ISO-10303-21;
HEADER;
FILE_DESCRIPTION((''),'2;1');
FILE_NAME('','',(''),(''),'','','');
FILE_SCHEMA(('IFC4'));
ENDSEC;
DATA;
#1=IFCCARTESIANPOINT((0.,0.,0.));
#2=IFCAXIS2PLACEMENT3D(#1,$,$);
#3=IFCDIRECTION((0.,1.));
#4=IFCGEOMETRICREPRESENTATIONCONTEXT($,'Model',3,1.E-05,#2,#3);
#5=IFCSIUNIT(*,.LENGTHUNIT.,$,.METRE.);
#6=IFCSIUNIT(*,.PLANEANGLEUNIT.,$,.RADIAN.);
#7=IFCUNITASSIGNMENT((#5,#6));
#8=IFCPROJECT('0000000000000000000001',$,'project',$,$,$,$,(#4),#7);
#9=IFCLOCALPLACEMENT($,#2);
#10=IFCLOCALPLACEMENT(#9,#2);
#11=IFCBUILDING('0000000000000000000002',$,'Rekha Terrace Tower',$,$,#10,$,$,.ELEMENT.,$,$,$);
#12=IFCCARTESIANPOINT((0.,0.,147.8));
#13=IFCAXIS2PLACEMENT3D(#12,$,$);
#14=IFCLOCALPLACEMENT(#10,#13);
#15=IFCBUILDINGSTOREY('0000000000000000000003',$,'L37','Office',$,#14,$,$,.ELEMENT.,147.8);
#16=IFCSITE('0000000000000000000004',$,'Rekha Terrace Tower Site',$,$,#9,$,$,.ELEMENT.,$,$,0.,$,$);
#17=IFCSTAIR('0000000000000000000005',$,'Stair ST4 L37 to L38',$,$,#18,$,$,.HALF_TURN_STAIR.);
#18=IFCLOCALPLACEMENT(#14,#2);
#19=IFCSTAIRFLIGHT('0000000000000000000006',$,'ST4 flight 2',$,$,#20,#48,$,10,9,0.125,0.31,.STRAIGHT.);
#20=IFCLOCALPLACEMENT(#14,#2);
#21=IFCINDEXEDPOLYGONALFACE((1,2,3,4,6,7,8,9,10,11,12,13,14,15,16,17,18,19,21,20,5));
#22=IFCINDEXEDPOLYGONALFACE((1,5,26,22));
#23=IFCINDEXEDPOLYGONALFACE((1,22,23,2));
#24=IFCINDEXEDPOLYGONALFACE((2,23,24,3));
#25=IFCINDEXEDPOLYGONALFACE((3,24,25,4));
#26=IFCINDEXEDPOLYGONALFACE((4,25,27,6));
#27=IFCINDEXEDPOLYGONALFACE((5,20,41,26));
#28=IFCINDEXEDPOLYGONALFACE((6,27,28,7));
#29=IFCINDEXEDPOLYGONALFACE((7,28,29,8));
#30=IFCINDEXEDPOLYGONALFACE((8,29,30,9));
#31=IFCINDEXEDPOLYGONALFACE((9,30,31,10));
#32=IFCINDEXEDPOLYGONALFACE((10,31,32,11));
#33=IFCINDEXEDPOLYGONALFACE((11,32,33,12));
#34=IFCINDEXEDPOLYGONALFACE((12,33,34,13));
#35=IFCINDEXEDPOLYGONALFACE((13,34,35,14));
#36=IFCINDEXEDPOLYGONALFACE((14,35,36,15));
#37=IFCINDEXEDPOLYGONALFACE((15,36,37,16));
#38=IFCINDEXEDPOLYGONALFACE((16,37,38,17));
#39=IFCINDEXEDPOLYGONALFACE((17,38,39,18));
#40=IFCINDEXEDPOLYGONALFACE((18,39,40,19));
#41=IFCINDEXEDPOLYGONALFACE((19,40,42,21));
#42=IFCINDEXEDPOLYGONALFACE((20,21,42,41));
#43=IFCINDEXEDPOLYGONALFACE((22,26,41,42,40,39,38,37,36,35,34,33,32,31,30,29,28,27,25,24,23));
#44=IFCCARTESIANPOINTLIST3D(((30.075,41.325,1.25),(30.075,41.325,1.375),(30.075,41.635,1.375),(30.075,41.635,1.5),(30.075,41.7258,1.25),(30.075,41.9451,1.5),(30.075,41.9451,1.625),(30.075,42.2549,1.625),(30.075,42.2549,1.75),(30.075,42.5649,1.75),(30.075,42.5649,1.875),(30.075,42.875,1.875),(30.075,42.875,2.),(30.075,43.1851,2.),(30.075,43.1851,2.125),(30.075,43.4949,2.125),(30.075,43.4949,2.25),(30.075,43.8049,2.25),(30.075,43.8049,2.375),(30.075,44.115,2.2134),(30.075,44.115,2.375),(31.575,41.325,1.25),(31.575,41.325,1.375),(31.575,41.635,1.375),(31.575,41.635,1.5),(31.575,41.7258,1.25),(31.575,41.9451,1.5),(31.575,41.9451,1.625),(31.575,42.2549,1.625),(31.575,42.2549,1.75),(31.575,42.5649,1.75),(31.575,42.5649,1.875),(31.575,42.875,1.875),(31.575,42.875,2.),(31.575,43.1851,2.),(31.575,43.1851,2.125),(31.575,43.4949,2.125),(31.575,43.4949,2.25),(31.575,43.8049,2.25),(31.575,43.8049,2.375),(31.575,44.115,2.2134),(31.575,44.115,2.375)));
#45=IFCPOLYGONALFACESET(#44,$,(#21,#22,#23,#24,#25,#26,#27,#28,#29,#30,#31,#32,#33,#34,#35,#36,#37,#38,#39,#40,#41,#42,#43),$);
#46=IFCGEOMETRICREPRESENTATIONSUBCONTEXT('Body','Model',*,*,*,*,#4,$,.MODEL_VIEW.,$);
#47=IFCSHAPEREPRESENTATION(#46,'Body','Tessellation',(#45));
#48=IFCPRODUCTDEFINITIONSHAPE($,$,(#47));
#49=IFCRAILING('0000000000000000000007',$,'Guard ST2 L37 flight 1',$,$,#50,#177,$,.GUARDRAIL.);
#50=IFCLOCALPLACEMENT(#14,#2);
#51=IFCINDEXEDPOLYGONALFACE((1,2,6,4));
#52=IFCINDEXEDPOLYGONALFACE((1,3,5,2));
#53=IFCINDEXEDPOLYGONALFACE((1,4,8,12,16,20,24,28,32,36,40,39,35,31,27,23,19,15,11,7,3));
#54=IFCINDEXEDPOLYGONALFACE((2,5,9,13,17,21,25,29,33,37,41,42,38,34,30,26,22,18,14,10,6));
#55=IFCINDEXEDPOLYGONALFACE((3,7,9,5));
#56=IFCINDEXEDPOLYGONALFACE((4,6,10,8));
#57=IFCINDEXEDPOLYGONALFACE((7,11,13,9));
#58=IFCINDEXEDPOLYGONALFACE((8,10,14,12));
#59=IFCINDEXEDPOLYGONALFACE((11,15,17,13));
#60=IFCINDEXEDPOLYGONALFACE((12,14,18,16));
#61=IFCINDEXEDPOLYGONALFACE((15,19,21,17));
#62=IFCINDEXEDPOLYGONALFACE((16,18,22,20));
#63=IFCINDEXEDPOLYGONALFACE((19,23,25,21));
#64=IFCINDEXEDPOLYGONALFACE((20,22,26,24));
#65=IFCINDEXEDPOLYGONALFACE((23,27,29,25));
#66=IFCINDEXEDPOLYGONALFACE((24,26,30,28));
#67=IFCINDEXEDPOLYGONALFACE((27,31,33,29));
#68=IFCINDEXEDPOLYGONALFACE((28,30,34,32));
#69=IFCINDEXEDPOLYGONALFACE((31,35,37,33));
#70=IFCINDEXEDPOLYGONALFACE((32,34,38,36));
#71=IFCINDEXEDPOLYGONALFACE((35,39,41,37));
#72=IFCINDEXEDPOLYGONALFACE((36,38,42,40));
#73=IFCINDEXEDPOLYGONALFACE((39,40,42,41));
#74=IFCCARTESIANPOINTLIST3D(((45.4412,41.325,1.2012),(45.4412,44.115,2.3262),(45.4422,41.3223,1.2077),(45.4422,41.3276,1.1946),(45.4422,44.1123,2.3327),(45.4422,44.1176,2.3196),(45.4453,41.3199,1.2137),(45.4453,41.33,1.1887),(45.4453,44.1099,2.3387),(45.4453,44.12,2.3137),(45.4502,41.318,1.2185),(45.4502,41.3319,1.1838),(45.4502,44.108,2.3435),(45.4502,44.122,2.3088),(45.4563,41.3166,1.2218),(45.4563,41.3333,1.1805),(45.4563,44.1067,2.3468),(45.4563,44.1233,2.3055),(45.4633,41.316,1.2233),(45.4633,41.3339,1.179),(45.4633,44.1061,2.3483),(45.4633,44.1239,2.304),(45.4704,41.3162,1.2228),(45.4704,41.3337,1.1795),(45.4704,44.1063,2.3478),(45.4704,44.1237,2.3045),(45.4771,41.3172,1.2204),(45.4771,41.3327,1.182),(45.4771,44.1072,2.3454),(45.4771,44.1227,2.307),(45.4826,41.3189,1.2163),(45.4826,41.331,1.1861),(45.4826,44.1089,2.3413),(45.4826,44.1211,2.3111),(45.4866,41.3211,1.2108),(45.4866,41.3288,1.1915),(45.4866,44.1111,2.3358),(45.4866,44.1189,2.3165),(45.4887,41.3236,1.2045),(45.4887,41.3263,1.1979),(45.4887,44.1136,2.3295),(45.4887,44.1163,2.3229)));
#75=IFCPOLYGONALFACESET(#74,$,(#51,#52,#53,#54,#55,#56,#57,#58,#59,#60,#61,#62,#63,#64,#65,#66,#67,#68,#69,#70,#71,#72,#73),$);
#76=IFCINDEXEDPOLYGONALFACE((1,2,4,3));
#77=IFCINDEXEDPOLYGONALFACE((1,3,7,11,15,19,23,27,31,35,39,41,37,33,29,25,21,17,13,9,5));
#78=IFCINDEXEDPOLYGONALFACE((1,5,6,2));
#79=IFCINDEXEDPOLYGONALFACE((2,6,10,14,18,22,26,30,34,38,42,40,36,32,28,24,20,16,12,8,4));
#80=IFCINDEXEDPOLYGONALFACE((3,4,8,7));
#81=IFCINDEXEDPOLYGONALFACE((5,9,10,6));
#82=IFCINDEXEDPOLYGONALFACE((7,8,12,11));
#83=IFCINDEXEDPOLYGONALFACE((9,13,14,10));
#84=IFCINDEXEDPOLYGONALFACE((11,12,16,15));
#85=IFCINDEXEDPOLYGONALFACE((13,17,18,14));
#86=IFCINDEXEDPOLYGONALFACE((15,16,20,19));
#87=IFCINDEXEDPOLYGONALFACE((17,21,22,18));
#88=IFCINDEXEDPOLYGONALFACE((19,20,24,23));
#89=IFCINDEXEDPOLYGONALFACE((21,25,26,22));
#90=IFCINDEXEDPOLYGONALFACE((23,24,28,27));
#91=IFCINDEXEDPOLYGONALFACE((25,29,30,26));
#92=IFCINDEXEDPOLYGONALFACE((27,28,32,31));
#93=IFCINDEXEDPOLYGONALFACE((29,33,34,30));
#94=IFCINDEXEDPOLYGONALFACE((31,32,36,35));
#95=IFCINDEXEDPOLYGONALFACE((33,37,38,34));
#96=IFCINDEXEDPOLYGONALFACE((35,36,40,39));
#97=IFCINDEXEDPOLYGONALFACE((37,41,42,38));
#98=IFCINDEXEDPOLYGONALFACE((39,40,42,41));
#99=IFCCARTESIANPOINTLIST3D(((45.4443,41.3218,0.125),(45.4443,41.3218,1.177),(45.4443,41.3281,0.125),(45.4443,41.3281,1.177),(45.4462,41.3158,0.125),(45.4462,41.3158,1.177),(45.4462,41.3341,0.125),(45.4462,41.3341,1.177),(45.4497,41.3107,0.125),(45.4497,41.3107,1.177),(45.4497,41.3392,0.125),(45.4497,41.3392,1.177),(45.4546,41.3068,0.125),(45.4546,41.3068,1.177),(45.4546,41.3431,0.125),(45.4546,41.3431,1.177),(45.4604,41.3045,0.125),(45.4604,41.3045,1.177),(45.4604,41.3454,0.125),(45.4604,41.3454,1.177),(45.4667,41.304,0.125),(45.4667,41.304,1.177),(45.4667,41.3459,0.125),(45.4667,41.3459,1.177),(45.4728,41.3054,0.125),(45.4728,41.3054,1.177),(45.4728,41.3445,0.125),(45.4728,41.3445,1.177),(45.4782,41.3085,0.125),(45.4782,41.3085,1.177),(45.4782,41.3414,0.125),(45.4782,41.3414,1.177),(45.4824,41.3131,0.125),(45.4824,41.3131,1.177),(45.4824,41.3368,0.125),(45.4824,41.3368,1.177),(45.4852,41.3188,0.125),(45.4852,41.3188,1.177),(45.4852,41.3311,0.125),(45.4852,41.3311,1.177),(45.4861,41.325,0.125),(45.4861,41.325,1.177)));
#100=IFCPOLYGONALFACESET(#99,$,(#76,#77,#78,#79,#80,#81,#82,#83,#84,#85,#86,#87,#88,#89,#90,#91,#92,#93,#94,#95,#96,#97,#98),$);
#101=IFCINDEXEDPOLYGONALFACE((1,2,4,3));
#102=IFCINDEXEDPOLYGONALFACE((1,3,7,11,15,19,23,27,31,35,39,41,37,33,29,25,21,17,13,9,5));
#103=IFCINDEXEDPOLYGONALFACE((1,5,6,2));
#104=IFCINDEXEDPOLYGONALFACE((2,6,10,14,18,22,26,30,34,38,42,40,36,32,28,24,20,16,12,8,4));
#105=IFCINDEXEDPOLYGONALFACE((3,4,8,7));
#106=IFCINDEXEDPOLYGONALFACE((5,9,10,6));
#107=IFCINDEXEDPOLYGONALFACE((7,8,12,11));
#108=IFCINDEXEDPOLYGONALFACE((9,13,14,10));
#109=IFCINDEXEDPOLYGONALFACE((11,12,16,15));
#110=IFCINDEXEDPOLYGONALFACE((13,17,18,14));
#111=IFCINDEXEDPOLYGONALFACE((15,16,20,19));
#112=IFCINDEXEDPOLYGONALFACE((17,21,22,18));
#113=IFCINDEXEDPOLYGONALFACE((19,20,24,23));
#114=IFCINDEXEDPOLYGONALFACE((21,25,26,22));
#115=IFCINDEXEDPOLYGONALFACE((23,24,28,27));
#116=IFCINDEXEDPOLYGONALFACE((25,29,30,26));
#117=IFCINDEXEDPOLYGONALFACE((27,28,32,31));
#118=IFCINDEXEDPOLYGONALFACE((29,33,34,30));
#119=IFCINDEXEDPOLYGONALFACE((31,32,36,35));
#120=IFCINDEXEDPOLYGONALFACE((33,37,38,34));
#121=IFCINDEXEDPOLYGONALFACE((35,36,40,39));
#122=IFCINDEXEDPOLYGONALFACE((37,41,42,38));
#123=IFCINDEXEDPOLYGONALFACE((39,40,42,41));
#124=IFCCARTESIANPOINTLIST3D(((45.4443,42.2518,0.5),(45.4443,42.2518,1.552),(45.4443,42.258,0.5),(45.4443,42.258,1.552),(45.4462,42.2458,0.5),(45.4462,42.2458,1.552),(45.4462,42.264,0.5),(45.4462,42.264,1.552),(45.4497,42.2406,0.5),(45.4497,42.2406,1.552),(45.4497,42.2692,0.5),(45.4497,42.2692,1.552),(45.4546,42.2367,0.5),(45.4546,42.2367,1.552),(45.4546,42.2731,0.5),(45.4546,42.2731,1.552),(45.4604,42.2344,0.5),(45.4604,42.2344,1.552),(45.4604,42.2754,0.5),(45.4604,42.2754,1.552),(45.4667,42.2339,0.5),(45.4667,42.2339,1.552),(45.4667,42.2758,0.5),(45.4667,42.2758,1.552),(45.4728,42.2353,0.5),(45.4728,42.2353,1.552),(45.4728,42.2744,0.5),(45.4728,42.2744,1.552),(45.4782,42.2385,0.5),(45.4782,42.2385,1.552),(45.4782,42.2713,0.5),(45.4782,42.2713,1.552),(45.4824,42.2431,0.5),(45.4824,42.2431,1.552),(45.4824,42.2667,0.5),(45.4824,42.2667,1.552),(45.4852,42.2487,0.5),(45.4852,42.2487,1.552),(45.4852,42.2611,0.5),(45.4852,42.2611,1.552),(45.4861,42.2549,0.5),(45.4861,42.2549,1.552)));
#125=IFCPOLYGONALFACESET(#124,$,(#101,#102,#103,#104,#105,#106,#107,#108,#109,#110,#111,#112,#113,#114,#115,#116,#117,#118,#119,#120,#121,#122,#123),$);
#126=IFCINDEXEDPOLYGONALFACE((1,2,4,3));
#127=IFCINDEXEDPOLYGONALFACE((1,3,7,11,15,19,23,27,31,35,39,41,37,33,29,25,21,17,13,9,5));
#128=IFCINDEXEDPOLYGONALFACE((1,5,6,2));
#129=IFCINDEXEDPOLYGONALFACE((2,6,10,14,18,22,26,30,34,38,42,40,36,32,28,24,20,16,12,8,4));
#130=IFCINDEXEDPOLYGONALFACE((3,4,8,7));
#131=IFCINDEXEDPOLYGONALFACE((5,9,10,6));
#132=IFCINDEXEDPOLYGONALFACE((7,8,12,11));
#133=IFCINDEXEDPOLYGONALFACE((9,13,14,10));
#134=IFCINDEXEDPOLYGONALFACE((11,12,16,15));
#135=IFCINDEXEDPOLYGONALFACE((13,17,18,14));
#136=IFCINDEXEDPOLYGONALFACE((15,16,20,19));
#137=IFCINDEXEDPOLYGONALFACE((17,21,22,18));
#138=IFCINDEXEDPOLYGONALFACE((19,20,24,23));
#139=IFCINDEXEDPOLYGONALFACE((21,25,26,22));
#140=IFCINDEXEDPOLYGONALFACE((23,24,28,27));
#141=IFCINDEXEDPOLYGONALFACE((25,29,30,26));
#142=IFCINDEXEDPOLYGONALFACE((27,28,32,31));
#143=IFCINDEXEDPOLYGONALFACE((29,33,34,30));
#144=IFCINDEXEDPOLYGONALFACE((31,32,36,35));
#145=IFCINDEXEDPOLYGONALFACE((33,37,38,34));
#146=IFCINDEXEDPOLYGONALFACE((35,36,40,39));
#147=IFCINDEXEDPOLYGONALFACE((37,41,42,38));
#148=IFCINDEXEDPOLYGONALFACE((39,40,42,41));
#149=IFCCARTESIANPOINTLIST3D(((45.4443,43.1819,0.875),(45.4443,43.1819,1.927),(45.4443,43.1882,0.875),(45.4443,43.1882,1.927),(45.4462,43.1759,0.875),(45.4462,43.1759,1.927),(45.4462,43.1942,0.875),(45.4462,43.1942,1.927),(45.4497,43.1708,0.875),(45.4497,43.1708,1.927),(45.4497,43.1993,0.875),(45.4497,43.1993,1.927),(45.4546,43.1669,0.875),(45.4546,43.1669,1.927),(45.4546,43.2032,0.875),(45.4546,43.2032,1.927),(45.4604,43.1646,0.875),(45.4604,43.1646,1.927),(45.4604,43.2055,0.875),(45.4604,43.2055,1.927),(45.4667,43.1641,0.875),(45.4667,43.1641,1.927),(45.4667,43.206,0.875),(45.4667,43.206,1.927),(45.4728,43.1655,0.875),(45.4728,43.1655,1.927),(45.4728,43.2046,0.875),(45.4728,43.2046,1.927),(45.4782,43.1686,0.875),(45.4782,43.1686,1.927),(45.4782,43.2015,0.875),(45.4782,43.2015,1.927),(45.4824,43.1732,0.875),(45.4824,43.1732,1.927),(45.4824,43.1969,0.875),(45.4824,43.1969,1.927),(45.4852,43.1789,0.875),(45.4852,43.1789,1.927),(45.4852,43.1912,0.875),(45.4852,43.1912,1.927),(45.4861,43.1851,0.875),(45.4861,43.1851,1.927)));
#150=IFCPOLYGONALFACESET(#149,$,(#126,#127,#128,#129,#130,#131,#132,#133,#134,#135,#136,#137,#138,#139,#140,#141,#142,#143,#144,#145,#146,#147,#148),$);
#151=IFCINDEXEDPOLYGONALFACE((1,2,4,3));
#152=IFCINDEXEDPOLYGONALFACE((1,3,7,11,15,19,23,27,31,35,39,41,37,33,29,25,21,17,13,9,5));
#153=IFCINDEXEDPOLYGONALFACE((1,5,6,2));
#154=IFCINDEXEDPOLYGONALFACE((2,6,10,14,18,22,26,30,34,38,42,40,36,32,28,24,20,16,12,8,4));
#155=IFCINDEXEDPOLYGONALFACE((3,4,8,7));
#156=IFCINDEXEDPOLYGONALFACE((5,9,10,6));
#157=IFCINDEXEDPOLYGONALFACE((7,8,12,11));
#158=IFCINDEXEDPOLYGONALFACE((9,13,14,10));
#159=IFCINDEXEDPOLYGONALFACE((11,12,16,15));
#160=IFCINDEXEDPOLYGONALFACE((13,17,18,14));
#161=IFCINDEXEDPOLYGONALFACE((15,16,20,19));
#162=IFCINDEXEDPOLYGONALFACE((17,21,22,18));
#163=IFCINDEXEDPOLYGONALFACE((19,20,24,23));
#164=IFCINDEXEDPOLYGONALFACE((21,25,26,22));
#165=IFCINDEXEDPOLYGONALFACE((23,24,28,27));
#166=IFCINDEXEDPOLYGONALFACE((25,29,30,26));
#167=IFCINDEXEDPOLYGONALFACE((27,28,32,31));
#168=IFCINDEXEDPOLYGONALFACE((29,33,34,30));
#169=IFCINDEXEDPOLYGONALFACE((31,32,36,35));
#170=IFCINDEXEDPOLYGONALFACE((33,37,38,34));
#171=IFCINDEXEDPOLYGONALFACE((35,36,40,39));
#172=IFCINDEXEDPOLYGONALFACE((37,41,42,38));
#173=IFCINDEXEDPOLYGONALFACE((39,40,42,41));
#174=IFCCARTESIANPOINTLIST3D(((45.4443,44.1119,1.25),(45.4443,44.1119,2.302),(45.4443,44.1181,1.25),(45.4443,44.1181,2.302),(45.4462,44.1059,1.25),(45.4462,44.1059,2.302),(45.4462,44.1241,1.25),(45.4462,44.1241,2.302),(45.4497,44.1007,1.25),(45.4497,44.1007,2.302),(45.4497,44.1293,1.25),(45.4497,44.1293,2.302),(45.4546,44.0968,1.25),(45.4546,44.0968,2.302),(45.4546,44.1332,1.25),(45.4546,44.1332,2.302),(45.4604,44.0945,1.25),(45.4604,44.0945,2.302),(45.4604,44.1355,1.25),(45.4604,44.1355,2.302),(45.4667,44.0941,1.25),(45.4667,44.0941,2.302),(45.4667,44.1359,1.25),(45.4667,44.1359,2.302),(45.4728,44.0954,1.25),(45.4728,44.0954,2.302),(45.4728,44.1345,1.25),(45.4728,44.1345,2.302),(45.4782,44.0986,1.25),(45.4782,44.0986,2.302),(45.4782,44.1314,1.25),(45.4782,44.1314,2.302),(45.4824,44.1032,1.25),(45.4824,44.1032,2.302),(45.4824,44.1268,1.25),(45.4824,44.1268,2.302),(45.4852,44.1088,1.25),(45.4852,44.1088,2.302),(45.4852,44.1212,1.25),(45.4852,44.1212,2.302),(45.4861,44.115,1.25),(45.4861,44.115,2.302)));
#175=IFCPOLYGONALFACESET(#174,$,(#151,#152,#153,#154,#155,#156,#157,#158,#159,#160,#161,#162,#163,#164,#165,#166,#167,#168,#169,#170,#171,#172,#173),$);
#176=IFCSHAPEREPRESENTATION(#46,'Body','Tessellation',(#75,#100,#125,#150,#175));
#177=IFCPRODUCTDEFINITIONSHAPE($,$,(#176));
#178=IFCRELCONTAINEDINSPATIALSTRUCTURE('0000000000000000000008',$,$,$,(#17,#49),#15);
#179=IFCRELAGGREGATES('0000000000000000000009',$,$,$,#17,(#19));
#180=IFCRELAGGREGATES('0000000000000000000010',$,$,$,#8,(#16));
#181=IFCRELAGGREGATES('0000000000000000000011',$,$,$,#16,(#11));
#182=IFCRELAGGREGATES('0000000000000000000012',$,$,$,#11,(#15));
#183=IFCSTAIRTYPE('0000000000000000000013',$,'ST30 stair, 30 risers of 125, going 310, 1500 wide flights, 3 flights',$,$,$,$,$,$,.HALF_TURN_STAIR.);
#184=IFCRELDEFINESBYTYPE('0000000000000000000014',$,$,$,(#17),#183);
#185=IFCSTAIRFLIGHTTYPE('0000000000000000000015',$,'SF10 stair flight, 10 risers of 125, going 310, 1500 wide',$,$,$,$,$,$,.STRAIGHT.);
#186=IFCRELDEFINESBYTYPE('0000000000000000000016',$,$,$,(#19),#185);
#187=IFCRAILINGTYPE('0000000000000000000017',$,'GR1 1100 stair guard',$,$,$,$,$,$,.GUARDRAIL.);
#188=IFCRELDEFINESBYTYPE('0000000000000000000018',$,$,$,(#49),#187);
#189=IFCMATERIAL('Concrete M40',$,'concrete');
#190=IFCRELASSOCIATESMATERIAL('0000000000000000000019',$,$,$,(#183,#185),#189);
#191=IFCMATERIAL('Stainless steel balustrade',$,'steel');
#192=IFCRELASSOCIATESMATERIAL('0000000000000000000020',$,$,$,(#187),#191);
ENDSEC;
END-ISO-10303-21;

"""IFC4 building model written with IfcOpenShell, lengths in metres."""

from ifc_helpers import new_model, si_unit, direction, frame, origin, origin_2d, place, context, subcontext, project, spatial, polyline, circle, outline, extrude, material, type_object, element, aggregate, save


model = new_model("IFC4")

# Units and contexts
model_context = context("Model", 3, precision=1e-05, world=origin(), true_north=direction((0.0, 1.0)))
body_context = subcontext(model_context, "Body", "Model", "MODEL_VIEW")
ifc_project = project(units=[si_unit("LENGTHUNIT", "METRE"), si_unit("PLANEANGLEUNIT", "RADIAN")], contexts=[model_context])

# Site, building, storey
site_placement = place(None, origin())
site = spatial("IfcSite", under=ifc_project, at=site_placement, Name="Rekha Terrace Tower Site", CompositionType="ELEMENT", RefElevation=0.0)
building_placement = place(site_placement, origin())
building = spatial("IfcBuilding", under=site, at=building_placement, Name="Rekha Terrace Tower", CompositionType="ELEMENT")
storey_placement = place(building_placement, frame((0.0, 0.0, 147.8)))
storey = spatial("IfcBuildingStorey", under=building, at=storey_placement, Name="L37", Description="Office", CompositionType="ELEMENT", Elevation=147.8)

# Shared definitions
ifc_material_1 = material(Name="Concrete M40", Category="concrete")
stair_type = type_object("IfcStairType", Name="ST30 stair, 30 risers of 125, going 310, 1500 wide flights, 3 flights", PredefinedType="HALF_TURN_STAIR", material=ifc_material_1)
stair_flight_type = type_object("IfcStairFlightType", Name="SF10 stair flight, 10 risers of 125, going 310, 1500 wide", PredefinedType="STRAIGHT", material=ifc_material_1)

# Stair, stair flight
stair_1_placement = place(storey_placement, origin())
stair_1 = element("IfcStair", 1, at=stair_1_placement, inside=storey, type_object=stair_type, Name="Stair ST4 L37 to L38", PredefinedType="HALF_TURN_STAIR")
stair_flight_1_placement = place(storey_placement, frame((30.825, 41.325, 1.25), z_axis=(0.0, 0.0, 1.0), x_axis=(0.0, 1.0, 0.0)))
stair_flight_1 = element("IfcStairFlight", 2, at=stair_flight_1_placement, type_object=stair_flight_type, Name="ST4 flight 2", NumberOfRisers=10, NumberOfTreads=9, PredefinedType="STRAIGHT", RiserHeight=0.125, TreadLength=0.31, context=body_context, shape_type="SweptSolid", body=[
    extrude(outline(polyline([(0.0, 0.0), (0.0, 0.125), (0.3101, 0.125), (0.3101, 0.25), (0.6201, 0.25), (0.6201, 0.375), (0.9299, 0.375), (0.9299, 0.5), (1.24, 0.5), (1.24, 0.625), (1.55, 0.625), (1.55, 0.75), (1.8601, 0.75), (1.8601, 0.875), (2.1699, 0.875), (2.1699, 1.0), (2.48, 1.0), (2.48, 1.125), (2.79, 1.125), (2.79, 1.25), (2.79, 0.9634), (0.4009, 0.0), (0.0, 0.0)])), frame((0.0, 0.75, 0.0), z_axis=(0.0, -1.0, 0.0), x_axis=(1.0, 0.0, 0.0)), (0.0, 0.0, 1.0), 1.5),
])
aggregate(stair_1, [stair_flight_1])

# Railing
ifc_material_2 = material(Name="Stainless steel balustrade", Category="steel")
railing_type_1 = type_object("IfcRailingType", Name="GR1 1100 stair guard", PredefinedType="GUARDRAIL", material=ifc_material_2)
railing_1_placement = place(storey_placement, frame((45.4651, 41.325, 0.125)))
element("IfcRailing", 3, at=railing_1_placement, inside=storey, type_object=railing_type_1, Name="Guard ST2 L37 flight 1", PredefinedType="GUARDRAIL", context=body_context, shape_type="SweptSolid", body=[
    extrude(circle(Radius=0.0239, at=origin_2d()), frame((0.0, 0.0, 1.0762), z_axis=(0.0, 0.927443, 0.373964), x_axis=(-1.0, 0.0, 0.0)), (0.0, 0.0, 1.0), 3.0083),
    extrude(circle(Radius=0.021, at=origin_2d()), origin(), (0.0, 0.0, 1.0), 1.052),
    extrude(circle(Radius=0.021, at=origin_2d()), frame((0.0, 0.9299, 0.375)), (0.0, 0.0, 1.0), 1.052),
    extrude(circle(Radius=0.021, at=origin_2d()), frame((0.0, 1.8601, 0.75)), (0.0, 0.0, 1.0), 1.052),
    extrude(circle(Radius=0.021, at=origin_2d()), frame((0.0, 2.79, 1.125)), (0.0, 0.0, 1.0), 1.052),
])

save(model, "model.ifc")
